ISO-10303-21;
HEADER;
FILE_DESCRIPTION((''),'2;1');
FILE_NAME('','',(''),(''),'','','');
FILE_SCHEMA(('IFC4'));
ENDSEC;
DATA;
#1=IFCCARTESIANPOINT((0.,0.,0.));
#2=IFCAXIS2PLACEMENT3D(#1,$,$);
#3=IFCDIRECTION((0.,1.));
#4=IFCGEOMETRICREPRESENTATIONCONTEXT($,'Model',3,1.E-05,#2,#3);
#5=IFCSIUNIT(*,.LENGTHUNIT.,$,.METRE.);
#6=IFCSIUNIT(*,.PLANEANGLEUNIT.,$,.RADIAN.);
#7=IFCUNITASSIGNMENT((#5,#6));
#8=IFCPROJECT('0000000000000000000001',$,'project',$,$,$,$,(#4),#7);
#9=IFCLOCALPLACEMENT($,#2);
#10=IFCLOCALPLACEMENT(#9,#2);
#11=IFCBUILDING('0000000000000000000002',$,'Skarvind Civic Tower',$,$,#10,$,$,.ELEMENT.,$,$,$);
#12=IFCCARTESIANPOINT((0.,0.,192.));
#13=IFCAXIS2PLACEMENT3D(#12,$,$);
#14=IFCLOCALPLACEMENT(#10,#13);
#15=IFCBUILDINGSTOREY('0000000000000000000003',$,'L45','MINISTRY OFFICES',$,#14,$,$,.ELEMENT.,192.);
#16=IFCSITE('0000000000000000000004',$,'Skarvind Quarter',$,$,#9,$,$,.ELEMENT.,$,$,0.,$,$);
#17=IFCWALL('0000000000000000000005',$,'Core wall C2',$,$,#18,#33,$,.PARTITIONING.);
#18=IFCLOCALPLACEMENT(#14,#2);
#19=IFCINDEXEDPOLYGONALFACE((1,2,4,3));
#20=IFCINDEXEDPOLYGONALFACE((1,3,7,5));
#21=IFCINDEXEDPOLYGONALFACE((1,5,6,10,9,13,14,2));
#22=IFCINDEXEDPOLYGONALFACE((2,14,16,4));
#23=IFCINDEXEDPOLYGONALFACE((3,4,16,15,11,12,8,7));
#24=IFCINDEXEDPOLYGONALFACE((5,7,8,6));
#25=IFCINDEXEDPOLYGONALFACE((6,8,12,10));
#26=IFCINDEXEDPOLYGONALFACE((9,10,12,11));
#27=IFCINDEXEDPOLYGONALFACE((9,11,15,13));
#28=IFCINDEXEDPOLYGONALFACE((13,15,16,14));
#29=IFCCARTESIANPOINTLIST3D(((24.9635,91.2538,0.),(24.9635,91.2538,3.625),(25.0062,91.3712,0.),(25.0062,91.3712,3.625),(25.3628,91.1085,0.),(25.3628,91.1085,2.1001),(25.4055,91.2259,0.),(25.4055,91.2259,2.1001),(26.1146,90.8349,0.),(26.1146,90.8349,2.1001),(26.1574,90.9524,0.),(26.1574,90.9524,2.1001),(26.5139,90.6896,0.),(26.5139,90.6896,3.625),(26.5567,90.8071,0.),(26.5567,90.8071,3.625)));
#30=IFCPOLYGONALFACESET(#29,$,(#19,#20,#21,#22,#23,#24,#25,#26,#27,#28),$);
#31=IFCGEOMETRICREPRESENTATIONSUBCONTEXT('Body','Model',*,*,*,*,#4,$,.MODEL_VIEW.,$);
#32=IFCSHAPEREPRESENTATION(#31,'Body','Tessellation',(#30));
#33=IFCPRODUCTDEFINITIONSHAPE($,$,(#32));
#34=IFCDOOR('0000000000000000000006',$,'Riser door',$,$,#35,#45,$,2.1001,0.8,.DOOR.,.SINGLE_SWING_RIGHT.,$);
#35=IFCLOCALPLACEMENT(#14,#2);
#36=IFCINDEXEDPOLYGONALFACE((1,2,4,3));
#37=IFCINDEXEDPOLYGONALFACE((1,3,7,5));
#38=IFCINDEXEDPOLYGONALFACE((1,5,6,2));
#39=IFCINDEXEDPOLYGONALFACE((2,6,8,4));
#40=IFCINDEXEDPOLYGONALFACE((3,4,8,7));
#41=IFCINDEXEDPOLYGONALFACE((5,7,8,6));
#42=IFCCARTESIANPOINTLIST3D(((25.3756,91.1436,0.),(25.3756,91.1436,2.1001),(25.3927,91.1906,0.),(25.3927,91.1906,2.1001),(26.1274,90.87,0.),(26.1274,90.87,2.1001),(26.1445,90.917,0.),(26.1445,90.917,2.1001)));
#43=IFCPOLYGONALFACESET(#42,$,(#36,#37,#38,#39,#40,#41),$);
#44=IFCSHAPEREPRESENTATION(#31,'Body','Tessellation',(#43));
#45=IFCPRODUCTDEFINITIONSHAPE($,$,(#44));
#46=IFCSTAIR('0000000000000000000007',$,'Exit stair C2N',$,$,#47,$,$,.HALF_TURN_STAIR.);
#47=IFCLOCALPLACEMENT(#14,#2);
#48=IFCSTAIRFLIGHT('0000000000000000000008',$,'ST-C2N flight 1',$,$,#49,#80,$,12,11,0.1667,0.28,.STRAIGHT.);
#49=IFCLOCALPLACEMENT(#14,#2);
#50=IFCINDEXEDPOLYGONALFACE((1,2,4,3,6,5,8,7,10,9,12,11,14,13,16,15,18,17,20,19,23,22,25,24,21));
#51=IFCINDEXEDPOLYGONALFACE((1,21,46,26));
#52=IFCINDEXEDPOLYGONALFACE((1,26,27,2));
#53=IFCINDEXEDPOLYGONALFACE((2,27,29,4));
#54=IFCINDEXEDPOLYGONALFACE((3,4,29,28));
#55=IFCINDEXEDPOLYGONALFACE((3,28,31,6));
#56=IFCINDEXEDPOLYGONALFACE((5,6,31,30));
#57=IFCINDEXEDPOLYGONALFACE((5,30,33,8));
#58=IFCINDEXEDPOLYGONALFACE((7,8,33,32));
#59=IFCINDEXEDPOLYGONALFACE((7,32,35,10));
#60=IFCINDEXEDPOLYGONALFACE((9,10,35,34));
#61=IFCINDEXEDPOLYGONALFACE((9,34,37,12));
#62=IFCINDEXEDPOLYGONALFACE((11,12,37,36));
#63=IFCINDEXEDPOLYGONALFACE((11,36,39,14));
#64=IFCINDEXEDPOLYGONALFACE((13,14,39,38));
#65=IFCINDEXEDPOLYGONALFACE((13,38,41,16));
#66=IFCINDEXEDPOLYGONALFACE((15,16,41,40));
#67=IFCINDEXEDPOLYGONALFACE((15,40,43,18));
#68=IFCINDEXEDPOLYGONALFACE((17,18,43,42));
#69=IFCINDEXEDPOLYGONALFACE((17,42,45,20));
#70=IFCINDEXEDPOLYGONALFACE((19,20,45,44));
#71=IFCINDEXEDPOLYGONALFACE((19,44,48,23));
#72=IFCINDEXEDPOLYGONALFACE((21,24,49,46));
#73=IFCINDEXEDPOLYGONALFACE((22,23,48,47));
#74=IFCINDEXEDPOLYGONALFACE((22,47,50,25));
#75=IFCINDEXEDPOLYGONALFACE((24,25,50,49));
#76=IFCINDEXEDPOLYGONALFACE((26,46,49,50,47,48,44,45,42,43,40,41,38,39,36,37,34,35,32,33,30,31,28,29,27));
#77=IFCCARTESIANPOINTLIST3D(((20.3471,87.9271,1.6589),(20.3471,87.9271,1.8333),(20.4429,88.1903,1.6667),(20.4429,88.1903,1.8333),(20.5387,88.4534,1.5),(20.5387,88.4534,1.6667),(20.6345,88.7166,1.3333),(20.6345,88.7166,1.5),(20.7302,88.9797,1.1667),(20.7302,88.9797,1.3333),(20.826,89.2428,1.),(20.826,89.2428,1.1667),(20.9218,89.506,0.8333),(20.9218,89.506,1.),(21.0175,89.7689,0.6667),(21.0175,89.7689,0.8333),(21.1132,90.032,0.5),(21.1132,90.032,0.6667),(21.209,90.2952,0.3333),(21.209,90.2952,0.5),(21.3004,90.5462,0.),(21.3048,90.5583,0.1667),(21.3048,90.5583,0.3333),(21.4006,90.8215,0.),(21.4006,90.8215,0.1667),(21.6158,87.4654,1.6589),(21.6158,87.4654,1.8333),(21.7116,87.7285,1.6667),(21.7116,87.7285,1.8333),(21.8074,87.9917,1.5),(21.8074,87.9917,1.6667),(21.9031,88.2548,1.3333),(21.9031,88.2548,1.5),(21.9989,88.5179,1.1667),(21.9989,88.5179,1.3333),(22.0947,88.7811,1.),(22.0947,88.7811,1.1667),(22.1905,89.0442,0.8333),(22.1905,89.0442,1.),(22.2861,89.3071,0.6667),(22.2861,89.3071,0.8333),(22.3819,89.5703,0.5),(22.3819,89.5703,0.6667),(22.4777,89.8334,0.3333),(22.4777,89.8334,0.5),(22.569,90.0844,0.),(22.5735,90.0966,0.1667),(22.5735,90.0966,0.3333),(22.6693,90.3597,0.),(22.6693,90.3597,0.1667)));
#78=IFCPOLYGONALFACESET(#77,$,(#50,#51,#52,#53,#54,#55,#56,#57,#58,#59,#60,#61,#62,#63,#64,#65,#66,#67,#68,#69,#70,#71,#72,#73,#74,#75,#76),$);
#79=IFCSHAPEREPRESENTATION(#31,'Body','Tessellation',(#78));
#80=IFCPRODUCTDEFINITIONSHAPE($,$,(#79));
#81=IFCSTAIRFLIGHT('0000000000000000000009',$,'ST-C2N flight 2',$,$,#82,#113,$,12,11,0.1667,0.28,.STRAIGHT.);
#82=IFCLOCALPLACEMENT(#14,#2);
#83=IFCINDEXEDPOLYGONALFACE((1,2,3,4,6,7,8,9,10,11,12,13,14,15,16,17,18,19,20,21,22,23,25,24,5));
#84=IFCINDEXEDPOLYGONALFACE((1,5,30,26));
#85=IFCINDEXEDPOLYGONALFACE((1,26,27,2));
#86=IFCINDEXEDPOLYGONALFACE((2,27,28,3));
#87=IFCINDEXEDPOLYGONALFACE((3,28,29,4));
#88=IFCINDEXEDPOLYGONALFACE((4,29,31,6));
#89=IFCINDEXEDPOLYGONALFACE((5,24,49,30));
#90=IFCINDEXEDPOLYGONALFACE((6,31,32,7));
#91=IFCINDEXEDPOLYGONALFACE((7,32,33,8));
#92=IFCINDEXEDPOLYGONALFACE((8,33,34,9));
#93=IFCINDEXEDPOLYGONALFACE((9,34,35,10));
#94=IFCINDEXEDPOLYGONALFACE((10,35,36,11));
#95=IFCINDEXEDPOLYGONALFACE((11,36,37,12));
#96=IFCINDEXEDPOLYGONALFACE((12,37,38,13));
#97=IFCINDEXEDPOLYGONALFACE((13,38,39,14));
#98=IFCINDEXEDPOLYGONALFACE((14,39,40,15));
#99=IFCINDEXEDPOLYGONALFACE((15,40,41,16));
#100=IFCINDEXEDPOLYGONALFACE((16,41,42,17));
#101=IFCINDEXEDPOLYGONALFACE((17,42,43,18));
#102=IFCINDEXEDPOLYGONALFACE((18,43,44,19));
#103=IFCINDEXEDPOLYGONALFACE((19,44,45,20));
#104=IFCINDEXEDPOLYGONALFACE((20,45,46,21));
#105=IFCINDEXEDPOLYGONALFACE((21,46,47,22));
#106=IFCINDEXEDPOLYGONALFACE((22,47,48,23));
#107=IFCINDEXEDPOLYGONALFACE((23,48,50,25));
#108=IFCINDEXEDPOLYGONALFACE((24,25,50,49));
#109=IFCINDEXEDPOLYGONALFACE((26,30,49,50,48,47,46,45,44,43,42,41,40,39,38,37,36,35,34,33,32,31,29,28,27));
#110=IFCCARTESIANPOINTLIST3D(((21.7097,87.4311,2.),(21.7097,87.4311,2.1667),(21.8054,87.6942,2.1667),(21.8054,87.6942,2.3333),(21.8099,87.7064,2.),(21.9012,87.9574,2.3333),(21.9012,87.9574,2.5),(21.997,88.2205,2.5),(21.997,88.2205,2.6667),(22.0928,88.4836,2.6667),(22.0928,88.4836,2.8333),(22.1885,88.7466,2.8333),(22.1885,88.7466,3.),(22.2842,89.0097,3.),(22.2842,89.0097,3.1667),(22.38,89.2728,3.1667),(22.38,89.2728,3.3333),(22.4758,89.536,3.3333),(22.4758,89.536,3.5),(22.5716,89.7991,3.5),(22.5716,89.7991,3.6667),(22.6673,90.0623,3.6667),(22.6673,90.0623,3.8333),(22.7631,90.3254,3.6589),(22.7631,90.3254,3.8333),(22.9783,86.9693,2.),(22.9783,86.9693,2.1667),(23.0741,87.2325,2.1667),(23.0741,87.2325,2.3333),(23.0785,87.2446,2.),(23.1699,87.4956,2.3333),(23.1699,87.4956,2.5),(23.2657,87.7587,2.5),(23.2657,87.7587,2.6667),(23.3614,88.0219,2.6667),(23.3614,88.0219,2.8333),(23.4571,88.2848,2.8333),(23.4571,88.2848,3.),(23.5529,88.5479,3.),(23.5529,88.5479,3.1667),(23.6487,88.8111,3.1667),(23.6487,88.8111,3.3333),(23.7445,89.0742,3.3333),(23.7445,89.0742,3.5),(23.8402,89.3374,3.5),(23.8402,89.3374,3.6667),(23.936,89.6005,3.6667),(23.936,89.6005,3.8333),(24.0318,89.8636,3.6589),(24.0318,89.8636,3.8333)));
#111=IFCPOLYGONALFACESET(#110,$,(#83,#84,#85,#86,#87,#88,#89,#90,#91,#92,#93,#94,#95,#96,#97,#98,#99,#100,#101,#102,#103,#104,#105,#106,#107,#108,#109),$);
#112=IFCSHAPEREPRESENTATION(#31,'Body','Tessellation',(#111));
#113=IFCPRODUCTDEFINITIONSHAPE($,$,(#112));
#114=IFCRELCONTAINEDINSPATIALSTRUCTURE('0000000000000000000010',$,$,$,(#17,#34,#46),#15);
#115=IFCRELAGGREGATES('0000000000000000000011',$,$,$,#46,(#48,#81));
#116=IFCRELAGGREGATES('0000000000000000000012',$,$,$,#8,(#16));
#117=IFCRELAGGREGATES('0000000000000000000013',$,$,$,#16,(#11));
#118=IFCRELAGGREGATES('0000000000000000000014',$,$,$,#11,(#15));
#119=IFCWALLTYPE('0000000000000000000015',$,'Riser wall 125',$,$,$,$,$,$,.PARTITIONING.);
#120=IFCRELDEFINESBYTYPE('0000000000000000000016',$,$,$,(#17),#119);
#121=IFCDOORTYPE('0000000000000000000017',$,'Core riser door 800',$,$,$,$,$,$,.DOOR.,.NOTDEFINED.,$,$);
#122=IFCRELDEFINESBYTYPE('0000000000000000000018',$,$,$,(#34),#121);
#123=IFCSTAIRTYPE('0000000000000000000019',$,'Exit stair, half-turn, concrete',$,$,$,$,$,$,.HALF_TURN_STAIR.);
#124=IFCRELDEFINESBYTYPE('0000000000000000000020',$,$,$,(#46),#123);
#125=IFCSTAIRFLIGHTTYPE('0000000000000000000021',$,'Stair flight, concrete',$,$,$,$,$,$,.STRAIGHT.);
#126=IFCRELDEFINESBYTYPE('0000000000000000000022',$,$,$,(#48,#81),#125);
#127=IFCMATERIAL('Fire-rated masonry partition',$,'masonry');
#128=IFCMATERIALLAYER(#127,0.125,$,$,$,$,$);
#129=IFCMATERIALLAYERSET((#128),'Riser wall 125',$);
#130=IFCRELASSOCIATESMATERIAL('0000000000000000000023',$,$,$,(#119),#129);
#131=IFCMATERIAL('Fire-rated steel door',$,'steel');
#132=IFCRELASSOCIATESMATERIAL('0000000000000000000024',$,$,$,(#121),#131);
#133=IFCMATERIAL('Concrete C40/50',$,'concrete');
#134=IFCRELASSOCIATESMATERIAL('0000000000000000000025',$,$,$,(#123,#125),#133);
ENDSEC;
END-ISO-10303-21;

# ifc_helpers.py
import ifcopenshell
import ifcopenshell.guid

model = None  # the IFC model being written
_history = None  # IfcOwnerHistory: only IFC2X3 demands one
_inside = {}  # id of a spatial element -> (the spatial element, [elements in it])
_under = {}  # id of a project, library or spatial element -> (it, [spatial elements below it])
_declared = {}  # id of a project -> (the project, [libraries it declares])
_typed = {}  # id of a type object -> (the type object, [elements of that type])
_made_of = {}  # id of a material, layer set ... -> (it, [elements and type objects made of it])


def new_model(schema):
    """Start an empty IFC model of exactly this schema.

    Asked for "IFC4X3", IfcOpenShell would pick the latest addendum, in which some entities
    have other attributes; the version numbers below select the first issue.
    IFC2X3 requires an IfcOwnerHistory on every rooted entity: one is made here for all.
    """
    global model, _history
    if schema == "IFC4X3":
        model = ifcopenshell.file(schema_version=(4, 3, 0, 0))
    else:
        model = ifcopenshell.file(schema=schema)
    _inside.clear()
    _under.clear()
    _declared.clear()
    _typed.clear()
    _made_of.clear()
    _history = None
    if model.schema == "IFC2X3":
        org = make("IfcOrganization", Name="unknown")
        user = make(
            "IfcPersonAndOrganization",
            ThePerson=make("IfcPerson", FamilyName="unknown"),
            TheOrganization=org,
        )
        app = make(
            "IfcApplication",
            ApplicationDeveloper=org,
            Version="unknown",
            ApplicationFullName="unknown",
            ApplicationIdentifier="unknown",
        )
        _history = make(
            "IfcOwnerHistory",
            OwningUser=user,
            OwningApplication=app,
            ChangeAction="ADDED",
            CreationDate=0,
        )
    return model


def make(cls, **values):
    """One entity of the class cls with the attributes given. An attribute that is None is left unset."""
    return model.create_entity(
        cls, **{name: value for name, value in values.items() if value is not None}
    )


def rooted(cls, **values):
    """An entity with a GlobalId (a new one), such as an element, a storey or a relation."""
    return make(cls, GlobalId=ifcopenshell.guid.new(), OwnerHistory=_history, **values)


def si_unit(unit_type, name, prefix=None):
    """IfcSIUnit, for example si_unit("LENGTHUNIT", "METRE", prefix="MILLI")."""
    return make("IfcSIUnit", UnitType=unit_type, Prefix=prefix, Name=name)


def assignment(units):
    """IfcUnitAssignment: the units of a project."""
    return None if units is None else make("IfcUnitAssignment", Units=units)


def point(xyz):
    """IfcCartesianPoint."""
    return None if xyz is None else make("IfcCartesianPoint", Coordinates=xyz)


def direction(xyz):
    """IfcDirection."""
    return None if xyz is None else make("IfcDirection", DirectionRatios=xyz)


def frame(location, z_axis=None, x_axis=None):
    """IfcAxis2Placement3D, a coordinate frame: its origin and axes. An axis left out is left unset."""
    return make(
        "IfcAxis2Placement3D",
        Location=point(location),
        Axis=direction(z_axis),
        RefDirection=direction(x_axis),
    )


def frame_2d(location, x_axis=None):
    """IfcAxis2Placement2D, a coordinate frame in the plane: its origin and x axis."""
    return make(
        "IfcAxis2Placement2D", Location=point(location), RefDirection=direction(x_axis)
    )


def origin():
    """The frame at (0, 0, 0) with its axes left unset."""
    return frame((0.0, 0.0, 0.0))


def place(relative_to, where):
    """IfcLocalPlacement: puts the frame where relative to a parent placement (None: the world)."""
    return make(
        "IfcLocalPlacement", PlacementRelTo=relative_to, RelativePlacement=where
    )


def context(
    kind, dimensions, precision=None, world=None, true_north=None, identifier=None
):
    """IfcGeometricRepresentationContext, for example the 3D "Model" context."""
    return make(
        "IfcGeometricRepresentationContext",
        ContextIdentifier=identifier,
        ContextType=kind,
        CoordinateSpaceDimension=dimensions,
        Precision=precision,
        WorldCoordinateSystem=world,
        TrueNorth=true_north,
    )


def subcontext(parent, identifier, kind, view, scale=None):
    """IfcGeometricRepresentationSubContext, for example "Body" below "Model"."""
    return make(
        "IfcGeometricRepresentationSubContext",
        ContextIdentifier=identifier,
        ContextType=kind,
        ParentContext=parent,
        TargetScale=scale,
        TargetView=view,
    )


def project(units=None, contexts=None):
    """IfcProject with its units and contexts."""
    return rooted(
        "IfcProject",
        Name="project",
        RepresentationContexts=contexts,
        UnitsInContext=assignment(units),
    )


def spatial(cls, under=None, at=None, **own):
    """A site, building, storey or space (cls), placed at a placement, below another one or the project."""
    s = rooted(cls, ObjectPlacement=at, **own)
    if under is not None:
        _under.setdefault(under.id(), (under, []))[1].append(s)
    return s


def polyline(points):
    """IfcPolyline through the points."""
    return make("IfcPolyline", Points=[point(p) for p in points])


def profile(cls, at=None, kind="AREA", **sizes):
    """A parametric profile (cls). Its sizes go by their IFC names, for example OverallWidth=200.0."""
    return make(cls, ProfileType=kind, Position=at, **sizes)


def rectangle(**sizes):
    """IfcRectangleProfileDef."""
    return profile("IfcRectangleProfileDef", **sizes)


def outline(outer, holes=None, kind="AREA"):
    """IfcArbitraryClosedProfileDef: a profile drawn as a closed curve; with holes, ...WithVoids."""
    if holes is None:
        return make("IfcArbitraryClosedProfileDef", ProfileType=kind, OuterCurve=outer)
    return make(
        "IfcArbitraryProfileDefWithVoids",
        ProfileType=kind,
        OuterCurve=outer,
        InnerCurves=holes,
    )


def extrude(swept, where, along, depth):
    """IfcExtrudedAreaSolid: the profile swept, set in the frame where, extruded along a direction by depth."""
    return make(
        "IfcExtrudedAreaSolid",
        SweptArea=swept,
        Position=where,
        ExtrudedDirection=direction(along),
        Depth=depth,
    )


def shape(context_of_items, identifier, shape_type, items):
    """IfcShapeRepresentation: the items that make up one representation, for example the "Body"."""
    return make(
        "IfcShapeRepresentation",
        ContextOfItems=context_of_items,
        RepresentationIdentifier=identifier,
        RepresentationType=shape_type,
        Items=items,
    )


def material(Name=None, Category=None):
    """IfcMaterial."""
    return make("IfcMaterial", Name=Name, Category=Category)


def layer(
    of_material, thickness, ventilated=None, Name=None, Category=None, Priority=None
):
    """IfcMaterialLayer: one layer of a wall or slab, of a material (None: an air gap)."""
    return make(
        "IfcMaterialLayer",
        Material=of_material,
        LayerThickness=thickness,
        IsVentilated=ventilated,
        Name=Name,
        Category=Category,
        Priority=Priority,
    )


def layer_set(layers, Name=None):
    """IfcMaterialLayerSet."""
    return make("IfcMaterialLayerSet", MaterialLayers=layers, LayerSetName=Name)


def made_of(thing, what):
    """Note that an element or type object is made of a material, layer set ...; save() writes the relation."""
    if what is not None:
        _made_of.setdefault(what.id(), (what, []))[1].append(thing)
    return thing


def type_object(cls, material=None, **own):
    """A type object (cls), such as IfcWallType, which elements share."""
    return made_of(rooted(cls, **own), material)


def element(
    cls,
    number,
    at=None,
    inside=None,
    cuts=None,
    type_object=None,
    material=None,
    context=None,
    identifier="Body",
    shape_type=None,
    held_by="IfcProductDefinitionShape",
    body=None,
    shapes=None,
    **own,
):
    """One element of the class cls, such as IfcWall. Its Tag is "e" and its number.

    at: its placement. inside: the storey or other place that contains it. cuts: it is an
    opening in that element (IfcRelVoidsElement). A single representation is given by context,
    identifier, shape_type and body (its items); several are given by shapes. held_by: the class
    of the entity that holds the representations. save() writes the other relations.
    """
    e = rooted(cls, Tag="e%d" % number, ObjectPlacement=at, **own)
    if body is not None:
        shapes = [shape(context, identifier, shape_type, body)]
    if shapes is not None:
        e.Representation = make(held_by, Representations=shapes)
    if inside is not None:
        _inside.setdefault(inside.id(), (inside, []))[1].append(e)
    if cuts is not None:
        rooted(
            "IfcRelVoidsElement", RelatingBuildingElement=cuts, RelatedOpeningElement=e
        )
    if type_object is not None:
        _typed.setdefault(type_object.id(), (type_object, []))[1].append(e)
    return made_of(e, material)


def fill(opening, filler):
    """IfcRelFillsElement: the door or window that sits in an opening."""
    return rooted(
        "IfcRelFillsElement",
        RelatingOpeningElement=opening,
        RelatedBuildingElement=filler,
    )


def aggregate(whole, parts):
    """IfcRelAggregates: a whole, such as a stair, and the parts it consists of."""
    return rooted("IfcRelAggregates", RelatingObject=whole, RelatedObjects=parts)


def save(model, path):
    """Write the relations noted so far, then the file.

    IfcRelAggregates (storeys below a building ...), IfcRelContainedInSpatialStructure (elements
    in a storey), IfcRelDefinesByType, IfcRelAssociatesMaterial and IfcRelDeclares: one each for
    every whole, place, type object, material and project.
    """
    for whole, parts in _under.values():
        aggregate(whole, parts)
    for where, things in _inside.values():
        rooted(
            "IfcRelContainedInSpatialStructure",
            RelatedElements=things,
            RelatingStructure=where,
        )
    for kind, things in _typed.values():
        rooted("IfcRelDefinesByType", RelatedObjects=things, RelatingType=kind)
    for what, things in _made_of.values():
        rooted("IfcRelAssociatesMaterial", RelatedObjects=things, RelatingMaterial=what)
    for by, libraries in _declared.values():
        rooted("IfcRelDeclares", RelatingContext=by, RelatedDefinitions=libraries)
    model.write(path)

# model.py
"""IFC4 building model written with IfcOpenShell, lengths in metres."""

from ifc_helpers import new_model, si_unit, direction, frame, frame_2d, origin, place, context, subcontext, project, spatial, polyline, rectangle, outline, extrude, material, layer, layer_set, type_object, element, fill, aggregate, save


model = new_model("IFC4")

# Units and contexts
model_context = context("Model", 3, precision=1e-05, world=origin(), true_north=direction((0.0, 1.0)))
body_context = subcontext(model_context, "Body", "Model", "MODEL_VIEW")
ifc_project = project(units=[si_unit("LENGTHUNIT", "METRE"), si_unit("PLANEANGLEUNIT", "RADIAN")], contexts=[model_context])

# Site, building, storey
site_placement = place(None, origin())
site = spatial("IfcSite", under=ifc_project, at=site_placement, Name="Skarvind Quarter", CompositionType="ELEMENT", RefElevation=0.0)
building_placement = place(site_placement, origin())
building = spatial("IfcBuilding", under=site, at=building_placement, Name="Skarvind Civic Tower", CompositionType="ELEMENT")
storey_placement = place(building_placement, frame((0.0, 0.0, 192.0)))
storey = spatial("IfcBuildingStorey", under=building, at=storey_placement, Name="L45", Description="MINISTRY OFFICES", CompositionType="ELEMENT", Elevation=192.0)

# Shared definitions
ifc_material_1 = material(Name="Fire-rated masonry partition", Category="masonry")
ifc_material_2 = material(Name="Fire-rated steel door", Category="steel")

# Wall, opening, door
ifc_layer_1 = layer(ifc_material_1, 0.125)
ifc_layer_set_1 = layer_set([ifc_layer_1], Name="Riser wall 125")
wall_type_1 = type_object("IfcWallType", Name="Riser wall 125", PredefinedType="PARTITIONING", material=ifc_layer_set_1)
wall_1_placement = place(storey_placement, frame((24.9849, 91.3125, 0.0), z_axis=(0.0, 0.0, 1.0), x_axis=(0.93972, -0.341945, 0.0)))
wall_1 = element("IfcWall", 1, at=wall_1_placement, inside=storey, type_object=wall_type_1, Name="Core wall C2", PredefinedType="PARTITIONING", context=body_context, shape_type="SweptSolid", body=[
    extrude(rectangle(XDim=1.6499, YDim=0.125, at=frame_2d((0.825, 0.0))), origin(), (0.0, 0.0, 1.0), 3.625),
])
opening_1_placement = place(wall_1_placement, frame((0.425, 0.0, 0.0)))
opening_1 = element("IfcOpeningElement", 2, at=opening_1_placement, cuts=wall_1, PredefinedType="OPENING", context=body_context, shape_type="SweptSolid", body=[
    extrude(rectangle(XDim=0.8, YDim=2.1001, at=frame_2d((0.3999, 1.05))), frame((0.0, 0.0725, 0.0), z_axis=(0.0, -1.0, 0.0), x_axis=(1.0, 0.0, 0.0)), (0.0, 0.0, 1.0), 0.145),
])
door_type_1 = type_object("IfcDoorType", Name="Core riser door 800", OperationType="NOTDEFINED", PredefinedType="DOOR", material=ifc_material_2)
door_1_placement = place(opening_1_placement, origin())
door_1 = element("IfcDoor", 3, at=door_1_placement, inside=storey, type_object=door_type_1, Name="Riser door", OperationType="SINGLE_SWING_RIGHT", OverallHeight=2.1001, OverallWidth=0.8, PredefinedType="DOOR", context=body_context, shape_type="SweptSolid", body=[
    extrude(rectangle(XDim=0.8, YDim=2.1001, at=frame_2d((0.3999, 1.05))), frame((0.0, 0.0249, 0.0), z_axis=(0.0, -1.0, 0.0), x_axis=(1.0, 0.0, 0.0)), (0.0, 0.0, 1.0), 0.05),
])
fill(opening_1, door_1)

# Stair, stair flights
ifc_material_3 = material(Name="Concrete C40/50", Category="concrete")
stair_type = type_object("IfcStairType", Name="Exit stair, half-turn, concrete", PredefinedType="HALF_TURN_STAIR", material=ifc_material_3)
stair_placement = place(storey_placement, origin())
stair = element("IfcStair", 4, at=stair_placement, inside=storey, type_object=stair_type, Name="Exit stair C2N", PredefinedType="HALF_TURN_STAIR")
stair_flight_type = type_object("IfcStairFlightType", Name="Stair flight, concrete", PredefinedType="STRAIGHT", material=ifc_material_3)
stair_flight_1_placement = place(storey_placement, frame((22.0349, 90.5906, 0.0), z_axis=(0.0, 0.0, 1.0), x_axis=(-0.34202, -0.939693, 0.0)))
stair_flight_1 = element("IfcStairFlight", 5, at=stair_flight_1_placement, type_object=stair_flight_type, Name="ST-C2N flight 1", NumberOfRisers=12, NumberOfTreads=11, PredefinedType="STRAIGHT", RiserHeight=0.1667, TreadLength=0.28, context=body_context, shape_type="SweptSolid", body=[
    extrude(outline(polyline([(0.0, 0.0), (0.0, 0.1667), (0.28, 0.1667), (0.28, 0.3333), (0.5601, 0.3333), (0.5601, 0.5), (0.8401, 0.5), (0.8401, 0.6667), (1.1201, 0.6667), (1.1201, 0.8333), (1.3999, 0.8333), (1.3999, 1.0), (1.6799, 1.0), (1.6799, 1.1667), (1.96, 1.1667), (1.96, 1.3333), (2.24, 1.3333), (2.24, 1.5), (2.52, 1.5), (2.52, 1.6667), (2.8, 1.6667), (2.8, 1.8333), (3.0801, 1.8333), (3.0801, 2.0), (3.0801, 1.6589), (0.293, 0.0), (0.0, 0.0)])), frame((0.0, 0.675, 0.0), z_axis=(0.0, -1.0, 0.0), x_axis=(1.0, 0.0, 0.0)), (0.0, 0.0, 1.0), 1.3501),
])
stair_flight_2_placement = place(storey_placement, frame((22.344, 87.2002, 2.0), z_axis=(0.0, 0.0, 1.0), x_axis=(0.34202, 0.939693, 0.0)))
stair_flight_2 = element("IfcStairFlight", 6, at=stair_flight_2_placement, type_object=stair_flight_type, Name="ST-C2N flight 2", NumberOfRisers=12, NumberOfTreads=11, PredefinedType="STRAIGHT", RiserHeight=0.1667, TreadLength=0.28, context=body_context, shape_type="SweptSolid", body=[
    extrude(outline(polyline([(0.0, 0.0), (0.0, 0.1667), (0.28, 0.1667), (0.28, 0.3333), (0.5601, 0.3333), (0.5601, 0.5), (0.8401, 0.5), (0.8401, 0.6667), (1.1201, 0.6667), (1.1201, 0.8333), (1.3999, 0.8333), (1.3999, 1.0), (1.6799, 1.0), (1.6799, 1.1667), (1.96, 1.1667), (1.96, 1.3333), (2.24, 1.3333), (2.24, 1.5), (2.52, 1.5), (2.52, 1.6667), (2.8, 1.6667), (2.8, 1.8333), (3.0801, 1.8333), (3.0801, 2.0), (3.0801, 1.6589), (0.293, 0.0), (0.0, 0.0)])), frame((0.0, 0.675, 0.0), z_axis=(0.0, -1.0, 0.0), x_axis=(1.0, 0.0, 0.0)), (0.0, 0.0, 1.0), 1.3501),
])
aggregate(stair, [stair_flight_1, stair_flight_2])

save(model, "model.ifc")
